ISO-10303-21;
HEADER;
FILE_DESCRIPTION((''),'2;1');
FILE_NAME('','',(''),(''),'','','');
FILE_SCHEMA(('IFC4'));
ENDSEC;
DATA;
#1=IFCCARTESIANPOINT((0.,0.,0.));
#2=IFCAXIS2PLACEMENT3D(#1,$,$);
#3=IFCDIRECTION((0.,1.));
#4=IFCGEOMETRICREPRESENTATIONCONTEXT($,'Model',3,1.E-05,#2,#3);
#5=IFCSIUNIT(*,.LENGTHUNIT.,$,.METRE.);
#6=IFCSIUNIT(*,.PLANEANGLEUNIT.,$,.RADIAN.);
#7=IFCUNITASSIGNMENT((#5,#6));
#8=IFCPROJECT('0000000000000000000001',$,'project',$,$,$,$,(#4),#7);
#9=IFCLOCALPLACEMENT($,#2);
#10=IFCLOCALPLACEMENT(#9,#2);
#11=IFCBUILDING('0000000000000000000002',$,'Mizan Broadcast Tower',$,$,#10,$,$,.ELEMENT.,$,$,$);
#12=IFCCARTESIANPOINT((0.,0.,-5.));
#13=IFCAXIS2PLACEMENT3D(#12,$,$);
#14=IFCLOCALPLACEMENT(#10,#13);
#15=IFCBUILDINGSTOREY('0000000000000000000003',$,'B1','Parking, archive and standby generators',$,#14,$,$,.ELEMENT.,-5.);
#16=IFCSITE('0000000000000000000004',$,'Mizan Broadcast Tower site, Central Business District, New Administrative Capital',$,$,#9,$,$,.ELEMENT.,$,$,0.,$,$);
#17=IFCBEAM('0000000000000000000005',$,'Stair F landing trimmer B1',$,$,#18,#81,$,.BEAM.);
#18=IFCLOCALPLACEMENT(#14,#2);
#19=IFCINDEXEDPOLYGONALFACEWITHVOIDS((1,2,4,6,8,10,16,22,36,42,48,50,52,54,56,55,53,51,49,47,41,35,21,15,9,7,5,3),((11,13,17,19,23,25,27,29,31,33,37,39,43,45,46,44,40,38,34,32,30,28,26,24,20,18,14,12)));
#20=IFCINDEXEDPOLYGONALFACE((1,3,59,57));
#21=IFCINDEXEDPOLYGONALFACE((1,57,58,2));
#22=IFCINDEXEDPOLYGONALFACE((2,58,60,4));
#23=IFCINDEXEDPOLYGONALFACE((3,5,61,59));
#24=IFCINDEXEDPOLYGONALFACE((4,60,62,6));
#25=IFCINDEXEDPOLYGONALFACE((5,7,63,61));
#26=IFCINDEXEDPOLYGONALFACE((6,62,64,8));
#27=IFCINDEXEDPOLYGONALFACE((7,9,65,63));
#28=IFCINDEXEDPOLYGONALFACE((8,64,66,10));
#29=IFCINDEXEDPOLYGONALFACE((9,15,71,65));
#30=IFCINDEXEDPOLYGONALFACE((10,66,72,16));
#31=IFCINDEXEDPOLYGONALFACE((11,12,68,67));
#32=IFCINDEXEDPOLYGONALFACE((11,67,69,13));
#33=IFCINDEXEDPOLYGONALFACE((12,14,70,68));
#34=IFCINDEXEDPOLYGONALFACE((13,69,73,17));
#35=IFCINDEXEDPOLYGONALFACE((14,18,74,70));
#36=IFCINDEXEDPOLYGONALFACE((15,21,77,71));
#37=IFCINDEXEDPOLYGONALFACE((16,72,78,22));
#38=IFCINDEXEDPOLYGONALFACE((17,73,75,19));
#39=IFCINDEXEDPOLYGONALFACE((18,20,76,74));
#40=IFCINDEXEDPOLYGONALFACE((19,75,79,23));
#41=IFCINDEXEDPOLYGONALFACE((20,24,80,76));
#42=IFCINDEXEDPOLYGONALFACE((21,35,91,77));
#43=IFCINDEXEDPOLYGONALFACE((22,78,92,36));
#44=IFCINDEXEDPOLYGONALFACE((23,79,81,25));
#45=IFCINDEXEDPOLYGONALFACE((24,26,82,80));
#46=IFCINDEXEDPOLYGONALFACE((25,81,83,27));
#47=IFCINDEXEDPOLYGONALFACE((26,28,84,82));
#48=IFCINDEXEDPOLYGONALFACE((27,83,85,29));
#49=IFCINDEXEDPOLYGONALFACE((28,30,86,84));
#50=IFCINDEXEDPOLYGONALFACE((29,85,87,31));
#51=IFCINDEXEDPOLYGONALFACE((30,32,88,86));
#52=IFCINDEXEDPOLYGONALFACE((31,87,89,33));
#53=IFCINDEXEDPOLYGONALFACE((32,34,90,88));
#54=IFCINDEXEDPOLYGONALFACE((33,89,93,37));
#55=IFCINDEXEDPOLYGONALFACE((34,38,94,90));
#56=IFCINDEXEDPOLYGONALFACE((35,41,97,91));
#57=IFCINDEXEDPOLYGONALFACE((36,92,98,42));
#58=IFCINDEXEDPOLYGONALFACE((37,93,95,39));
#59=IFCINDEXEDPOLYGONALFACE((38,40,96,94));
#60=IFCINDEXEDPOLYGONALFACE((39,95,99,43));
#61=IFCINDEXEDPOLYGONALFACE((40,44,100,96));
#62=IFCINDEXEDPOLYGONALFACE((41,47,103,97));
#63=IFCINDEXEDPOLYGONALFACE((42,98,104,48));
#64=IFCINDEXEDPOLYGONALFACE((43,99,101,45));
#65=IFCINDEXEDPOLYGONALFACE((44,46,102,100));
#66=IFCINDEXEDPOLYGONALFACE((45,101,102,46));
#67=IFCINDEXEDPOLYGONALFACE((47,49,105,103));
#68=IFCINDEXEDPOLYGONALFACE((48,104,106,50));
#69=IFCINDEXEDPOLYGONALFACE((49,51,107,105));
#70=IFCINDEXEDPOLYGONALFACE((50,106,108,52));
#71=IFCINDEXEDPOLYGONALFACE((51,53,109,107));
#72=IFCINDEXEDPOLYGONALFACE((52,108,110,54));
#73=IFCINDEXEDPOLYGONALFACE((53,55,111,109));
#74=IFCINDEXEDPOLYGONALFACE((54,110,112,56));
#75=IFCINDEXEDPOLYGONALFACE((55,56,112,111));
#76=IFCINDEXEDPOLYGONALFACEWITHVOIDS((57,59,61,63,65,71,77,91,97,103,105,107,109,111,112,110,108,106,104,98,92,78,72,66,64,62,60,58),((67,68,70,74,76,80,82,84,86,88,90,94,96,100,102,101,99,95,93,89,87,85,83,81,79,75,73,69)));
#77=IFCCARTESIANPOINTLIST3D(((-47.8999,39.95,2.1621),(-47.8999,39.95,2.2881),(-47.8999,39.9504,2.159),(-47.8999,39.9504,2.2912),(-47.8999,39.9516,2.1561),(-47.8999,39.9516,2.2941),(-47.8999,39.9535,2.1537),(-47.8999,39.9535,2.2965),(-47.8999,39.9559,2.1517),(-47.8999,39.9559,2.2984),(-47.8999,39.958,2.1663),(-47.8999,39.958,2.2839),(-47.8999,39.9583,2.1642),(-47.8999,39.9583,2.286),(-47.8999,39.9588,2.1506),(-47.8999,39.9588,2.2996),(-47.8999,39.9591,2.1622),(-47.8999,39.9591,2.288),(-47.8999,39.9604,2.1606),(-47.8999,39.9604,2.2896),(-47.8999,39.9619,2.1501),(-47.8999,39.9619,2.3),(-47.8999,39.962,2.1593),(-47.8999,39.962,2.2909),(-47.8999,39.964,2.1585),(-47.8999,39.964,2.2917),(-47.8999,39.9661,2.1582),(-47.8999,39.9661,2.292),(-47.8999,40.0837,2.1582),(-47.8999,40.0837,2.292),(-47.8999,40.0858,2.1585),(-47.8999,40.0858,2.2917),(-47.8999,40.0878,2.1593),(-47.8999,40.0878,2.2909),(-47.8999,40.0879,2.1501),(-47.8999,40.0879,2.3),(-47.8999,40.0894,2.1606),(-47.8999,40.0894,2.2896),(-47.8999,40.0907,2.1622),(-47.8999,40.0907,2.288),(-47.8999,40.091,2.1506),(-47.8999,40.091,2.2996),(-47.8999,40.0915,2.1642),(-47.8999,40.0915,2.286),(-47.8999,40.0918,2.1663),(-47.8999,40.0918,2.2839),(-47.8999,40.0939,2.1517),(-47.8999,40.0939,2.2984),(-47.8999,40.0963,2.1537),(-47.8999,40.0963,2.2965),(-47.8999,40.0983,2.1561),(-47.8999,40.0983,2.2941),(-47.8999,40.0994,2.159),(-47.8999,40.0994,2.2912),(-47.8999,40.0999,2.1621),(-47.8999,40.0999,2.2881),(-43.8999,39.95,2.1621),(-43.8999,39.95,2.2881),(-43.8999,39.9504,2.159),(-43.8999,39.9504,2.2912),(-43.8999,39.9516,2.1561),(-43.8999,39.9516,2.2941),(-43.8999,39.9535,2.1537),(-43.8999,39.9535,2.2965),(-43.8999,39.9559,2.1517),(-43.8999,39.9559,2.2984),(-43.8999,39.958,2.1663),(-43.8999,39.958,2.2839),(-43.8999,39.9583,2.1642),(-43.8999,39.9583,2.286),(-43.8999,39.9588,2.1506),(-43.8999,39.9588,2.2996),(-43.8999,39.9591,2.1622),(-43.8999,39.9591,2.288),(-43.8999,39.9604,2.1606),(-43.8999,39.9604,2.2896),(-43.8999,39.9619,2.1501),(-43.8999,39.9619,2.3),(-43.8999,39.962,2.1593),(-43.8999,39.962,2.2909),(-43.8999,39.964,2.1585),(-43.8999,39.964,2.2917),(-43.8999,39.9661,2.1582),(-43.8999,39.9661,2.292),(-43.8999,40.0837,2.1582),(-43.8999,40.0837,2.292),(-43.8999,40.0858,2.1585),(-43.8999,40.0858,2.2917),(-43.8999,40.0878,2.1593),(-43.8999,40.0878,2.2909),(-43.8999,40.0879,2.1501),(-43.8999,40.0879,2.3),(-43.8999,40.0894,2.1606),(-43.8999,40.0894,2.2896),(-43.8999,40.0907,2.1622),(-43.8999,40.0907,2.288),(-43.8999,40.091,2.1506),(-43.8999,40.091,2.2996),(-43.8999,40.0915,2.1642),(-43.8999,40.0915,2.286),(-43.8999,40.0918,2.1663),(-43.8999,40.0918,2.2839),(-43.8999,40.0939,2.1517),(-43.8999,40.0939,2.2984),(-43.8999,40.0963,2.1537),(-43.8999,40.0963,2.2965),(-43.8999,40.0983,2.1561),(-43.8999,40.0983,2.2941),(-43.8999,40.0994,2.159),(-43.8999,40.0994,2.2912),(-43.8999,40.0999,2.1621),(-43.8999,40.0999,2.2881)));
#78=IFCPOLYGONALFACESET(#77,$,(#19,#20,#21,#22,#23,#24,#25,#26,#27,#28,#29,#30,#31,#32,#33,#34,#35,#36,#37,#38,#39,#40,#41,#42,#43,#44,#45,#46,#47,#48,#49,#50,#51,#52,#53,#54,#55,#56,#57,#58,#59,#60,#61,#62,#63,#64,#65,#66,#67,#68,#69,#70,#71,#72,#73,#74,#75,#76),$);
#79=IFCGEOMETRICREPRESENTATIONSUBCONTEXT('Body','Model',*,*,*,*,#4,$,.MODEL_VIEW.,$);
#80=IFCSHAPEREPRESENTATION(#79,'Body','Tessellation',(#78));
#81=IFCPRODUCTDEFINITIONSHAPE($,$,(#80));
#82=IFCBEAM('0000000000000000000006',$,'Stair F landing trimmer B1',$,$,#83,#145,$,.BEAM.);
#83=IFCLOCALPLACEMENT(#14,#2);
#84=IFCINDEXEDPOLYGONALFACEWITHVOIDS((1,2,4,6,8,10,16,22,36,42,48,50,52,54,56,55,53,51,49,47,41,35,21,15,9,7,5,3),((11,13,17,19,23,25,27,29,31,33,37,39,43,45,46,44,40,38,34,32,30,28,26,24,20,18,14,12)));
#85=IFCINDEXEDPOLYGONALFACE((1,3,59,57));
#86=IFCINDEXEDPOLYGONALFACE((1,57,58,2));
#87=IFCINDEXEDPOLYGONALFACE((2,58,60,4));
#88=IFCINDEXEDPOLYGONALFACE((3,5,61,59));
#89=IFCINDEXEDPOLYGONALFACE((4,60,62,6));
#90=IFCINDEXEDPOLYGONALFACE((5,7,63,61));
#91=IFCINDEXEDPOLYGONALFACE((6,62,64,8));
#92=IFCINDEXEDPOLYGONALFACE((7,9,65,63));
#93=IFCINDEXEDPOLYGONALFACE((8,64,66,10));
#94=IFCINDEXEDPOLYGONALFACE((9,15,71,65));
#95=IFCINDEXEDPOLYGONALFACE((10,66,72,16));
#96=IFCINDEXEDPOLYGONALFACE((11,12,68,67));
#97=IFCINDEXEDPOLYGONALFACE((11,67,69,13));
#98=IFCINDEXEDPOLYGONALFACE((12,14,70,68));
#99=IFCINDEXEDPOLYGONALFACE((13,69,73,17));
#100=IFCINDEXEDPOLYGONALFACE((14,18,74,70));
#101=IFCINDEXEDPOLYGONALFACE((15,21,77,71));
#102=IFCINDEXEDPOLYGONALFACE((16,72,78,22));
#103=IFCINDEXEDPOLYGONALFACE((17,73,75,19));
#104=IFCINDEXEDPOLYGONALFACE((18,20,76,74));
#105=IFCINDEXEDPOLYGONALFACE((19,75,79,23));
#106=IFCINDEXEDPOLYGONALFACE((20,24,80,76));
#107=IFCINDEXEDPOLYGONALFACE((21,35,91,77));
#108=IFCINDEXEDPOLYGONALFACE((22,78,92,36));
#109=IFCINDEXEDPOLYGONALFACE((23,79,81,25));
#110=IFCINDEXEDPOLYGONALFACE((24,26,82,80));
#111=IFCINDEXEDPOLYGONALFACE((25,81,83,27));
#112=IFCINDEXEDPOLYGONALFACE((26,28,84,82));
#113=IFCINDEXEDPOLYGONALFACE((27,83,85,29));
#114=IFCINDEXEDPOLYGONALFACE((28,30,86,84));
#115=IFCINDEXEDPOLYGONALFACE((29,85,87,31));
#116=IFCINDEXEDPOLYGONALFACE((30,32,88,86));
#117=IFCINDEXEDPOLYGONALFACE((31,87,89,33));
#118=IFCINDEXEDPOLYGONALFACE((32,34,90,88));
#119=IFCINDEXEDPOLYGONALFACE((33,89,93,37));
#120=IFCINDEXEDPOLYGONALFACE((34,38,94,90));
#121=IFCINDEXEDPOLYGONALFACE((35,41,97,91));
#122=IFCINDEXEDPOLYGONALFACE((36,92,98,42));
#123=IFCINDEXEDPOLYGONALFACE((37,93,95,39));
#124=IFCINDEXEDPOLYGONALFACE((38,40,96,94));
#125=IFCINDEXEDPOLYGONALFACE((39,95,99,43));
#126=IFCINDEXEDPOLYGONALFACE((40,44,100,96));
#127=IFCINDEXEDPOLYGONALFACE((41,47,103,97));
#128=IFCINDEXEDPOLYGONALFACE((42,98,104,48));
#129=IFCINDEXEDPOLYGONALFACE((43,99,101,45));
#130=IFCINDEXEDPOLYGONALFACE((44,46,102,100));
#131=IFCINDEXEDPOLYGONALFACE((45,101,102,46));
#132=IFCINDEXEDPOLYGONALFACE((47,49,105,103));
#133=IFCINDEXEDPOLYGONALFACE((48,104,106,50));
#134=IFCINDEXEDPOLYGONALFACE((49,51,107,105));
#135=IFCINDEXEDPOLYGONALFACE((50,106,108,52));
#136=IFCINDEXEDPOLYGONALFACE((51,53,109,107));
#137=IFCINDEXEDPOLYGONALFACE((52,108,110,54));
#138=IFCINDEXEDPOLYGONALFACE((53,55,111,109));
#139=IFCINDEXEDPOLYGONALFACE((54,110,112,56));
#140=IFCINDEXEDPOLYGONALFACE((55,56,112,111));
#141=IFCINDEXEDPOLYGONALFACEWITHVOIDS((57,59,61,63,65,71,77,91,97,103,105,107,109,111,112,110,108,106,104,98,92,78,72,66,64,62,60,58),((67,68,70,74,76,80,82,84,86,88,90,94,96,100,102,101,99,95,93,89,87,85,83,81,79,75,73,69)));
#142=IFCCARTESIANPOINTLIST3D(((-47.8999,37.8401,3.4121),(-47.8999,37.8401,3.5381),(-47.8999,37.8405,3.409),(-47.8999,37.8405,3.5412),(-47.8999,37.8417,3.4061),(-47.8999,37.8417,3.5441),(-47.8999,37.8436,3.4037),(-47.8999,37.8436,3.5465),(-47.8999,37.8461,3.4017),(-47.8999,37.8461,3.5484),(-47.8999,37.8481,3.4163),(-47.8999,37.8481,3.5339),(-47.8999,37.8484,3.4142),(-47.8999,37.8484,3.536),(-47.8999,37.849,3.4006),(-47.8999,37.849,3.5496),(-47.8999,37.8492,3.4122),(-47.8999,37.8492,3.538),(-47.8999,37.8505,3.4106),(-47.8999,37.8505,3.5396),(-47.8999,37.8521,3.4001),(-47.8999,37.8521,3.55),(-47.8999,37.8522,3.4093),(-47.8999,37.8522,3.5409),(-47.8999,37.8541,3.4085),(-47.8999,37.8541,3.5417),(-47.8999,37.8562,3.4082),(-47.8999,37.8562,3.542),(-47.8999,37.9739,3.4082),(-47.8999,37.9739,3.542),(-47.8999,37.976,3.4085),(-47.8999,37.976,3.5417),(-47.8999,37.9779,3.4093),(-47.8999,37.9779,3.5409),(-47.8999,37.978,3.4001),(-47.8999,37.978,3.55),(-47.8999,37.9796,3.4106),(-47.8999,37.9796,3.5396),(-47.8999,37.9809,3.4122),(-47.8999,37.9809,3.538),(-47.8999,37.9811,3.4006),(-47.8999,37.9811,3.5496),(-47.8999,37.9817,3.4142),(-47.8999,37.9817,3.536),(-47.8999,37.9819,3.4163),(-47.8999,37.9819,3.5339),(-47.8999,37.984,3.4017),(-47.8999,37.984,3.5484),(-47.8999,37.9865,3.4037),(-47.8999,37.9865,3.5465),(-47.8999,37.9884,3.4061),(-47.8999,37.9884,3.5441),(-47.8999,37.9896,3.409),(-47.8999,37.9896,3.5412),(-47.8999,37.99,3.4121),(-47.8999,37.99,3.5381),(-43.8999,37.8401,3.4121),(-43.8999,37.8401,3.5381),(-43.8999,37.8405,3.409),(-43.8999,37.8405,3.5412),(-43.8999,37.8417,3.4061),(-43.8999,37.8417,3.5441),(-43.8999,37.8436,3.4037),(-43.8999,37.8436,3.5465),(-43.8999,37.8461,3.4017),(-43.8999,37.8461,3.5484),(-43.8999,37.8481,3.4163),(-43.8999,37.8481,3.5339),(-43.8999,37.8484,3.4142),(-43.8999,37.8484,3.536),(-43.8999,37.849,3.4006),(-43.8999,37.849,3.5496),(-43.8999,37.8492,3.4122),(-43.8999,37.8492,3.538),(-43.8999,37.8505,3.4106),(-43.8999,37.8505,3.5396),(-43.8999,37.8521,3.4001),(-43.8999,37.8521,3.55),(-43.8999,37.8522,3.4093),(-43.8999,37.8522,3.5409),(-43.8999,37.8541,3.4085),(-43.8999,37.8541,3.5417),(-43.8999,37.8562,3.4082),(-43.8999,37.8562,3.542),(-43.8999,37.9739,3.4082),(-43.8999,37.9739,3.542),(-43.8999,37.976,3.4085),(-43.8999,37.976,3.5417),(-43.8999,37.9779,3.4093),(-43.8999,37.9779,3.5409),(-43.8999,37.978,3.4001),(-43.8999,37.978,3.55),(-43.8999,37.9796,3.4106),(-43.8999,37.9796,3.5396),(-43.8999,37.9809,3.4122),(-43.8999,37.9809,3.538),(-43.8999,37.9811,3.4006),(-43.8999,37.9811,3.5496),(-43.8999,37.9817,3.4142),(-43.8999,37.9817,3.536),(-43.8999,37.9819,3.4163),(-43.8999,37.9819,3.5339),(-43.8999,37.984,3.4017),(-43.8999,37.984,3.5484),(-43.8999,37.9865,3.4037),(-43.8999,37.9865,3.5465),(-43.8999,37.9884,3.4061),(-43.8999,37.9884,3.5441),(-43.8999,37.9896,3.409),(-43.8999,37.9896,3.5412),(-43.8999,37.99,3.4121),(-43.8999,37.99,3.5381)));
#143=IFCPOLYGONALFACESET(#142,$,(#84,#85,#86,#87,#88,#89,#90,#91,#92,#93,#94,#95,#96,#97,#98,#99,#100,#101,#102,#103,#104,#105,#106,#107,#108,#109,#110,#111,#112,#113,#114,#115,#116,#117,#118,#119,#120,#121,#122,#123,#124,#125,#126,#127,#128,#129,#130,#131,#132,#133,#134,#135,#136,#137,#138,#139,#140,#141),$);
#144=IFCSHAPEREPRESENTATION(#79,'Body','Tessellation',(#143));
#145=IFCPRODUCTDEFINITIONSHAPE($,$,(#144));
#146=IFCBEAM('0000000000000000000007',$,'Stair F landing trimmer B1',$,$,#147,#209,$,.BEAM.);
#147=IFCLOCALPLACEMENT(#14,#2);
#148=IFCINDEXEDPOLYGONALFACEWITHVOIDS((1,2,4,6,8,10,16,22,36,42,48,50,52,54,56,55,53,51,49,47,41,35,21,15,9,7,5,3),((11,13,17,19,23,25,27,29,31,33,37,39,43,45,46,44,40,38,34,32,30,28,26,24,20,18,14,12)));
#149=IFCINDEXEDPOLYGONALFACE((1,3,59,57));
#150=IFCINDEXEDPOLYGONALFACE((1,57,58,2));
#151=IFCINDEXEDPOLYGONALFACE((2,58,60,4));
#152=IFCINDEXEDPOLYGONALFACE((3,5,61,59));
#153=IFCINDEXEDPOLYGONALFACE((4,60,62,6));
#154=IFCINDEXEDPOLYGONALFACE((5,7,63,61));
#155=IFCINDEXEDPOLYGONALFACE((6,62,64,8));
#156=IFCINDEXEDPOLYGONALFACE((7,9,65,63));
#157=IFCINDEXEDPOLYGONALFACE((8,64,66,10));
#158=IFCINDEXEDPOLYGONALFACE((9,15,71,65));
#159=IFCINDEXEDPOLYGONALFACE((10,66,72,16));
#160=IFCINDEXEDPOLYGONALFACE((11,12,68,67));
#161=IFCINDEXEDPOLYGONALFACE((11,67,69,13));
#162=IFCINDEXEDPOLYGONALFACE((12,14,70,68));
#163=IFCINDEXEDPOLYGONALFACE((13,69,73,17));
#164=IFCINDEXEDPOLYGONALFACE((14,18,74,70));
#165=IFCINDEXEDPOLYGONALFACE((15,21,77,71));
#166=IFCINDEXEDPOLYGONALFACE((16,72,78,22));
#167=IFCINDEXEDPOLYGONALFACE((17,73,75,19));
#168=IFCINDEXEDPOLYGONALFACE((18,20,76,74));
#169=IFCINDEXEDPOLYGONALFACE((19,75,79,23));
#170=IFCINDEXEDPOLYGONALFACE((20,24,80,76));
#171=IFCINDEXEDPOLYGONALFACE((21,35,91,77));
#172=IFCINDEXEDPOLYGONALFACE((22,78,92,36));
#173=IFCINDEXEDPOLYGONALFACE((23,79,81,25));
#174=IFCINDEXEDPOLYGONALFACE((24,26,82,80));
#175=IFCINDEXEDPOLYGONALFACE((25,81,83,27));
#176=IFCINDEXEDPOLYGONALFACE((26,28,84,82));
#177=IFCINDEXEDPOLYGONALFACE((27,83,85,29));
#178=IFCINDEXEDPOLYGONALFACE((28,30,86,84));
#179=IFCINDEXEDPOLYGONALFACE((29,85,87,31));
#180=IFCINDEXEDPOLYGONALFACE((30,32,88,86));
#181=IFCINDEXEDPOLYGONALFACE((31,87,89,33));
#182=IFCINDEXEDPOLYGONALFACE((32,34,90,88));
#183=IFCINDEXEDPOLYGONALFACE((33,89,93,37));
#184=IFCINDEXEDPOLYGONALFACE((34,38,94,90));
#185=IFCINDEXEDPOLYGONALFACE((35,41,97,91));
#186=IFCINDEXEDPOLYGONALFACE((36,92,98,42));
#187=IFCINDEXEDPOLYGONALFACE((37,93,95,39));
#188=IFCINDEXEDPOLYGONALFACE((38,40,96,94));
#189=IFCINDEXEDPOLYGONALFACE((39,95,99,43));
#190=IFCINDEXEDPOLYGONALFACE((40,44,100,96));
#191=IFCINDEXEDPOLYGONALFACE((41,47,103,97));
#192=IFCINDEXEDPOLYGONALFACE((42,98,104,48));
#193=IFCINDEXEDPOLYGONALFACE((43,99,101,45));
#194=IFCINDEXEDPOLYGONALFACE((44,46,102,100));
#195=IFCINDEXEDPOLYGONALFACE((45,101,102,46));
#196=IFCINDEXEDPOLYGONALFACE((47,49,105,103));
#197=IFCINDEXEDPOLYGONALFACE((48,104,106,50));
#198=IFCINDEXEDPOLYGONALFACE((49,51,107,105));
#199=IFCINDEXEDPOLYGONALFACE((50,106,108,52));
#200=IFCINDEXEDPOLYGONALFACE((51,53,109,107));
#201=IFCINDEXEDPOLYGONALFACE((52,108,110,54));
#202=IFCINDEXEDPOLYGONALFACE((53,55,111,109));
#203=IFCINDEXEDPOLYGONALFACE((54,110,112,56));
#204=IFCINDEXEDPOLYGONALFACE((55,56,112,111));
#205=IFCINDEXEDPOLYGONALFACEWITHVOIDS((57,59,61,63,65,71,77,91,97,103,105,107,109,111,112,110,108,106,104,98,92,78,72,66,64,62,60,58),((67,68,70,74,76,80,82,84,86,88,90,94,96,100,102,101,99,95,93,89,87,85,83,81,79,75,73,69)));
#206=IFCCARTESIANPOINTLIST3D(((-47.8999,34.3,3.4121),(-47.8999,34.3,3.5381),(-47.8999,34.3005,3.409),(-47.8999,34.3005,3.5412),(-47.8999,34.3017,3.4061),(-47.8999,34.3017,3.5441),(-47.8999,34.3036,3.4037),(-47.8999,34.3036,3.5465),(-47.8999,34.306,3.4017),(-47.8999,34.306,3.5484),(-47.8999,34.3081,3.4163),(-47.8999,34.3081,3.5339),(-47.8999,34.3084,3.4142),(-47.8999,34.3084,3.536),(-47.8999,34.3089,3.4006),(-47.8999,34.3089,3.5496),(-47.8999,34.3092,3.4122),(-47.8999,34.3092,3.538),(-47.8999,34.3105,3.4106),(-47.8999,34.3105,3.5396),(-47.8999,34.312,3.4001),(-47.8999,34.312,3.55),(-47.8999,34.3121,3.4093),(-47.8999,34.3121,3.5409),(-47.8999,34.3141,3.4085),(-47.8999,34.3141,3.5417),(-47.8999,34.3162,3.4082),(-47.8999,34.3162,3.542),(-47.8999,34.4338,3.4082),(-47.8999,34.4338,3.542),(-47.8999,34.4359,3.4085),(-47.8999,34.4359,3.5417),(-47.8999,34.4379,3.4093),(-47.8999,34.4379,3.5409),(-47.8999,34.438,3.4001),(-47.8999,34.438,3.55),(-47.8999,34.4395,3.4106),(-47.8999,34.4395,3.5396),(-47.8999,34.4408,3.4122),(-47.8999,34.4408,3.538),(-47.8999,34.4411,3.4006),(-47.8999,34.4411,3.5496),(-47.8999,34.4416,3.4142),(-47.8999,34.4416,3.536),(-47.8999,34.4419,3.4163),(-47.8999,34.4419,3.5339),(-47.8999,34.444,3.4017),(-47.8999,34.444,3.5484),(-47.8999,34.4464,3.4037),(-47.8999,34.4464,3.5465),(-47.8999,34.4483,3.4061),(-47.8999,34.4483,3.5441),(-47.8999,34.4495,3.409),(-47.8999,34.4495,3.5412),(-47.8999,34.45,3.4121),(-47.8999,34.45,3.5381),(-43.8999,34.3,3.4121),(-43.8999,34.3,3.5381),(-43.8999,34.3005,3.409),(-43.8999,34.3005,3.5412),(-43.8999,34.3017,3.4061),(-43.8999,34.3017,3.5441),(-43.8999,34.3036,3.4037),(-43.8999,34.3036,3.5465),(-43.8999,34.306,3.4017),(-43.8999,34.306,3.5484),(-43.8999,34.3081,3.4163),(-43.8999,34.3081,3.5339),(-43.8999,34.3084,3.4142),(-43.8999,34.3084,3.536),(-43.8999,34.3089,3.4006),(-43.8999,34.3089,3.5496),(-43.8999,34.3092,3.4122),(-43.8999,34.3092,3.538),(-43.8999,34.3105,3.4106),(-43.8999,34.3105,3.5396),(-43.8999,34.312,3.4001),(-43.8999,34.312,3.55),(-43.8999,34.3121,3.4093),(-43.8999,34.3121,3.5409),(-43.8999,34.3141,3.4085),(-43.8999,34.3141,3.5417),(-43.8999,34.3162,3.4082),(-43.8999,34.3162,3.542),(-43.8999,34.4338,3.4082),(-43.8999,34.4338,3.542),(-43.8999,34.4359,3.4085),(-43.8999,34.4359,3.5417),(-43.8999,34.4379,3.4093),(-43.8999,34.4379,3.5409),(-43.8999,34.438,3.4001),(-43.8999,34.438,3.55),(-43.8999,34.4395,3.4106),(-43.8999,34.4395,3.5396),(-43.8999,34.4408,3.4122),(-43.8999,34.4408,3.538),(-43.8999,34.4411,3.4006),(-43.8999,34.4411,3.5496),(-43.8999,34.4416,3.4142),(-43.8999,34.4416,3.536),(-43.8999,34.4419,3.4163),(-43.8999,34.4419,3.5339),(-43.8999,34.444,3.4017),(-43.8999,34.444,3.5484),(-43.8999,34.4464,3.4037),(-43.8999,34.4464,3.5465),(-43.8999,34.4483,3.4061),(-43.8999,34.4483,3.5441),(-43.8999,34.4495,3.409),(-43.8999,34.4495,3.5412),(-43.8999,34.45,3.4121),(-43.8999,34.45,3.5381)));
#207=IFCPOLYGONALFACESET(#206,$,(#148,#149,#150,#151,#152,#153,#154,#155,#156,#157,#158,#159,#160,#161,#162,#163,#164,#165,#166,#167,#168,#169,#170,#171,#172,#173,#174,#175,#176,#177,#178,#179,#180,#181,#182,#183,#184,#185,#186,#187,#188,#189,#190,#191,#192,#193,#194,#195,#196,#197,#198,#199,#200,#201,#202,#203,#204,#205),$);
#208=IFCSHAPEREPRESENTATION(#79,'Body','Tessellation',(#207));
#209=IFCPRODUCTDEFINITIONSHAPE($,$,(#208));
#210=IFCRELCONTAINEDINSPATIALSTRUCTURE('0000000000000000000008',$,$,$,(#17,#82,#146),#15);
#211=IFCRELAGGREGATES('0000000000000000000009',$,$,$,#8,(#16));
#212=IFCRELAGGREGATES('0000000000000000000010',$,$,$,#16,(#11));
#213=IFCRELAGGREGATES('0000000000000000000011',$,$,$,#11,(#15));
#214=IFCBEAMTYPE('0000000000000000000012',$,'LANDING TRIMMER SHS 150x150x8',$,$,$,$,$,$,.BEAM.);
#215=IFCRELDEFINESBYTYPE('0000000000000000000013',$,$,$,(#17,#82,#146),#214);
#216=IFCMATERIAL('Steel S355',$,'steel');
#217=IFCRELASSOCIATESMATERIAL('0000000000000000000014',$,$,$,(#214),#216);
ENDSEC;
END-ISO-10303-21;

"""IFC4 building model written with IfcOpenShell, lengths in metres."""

from ifc_helpers import new_model, si_unit, direction, frame, origin, origin_2d, place, context, subcontext, project, spatial, hollow_rectangle, extrude, material, material_profile, profile_set, type_object, element, save


model = new_model("IFC4")

# Units and contexts
model_context = context("Model", 3, precision=1e-05, world=origin(), true_north=direction((0.0, 1.0)))
body_context = subcontext(model_context, "Body", "Model", "MODEL_VIEW")
ifc_project = project(units=[si_unit("LENGTHUNIT", "METRE"), si_unit("PLANEANGLEUNIT", "RADIAN")], contexts=[model_context])

# Site, building, storey
site_placement = place(None, origin())
site = spatial("IfcSite", under=ifc_project, at=site_placement, Name="Mizan Broadcast Tower site, Central Business District, New Administrative Capital", CompositionType="ELEMENT", RefElevation=0.0)
building_placement = place(site_placement, origin())
building = spatial("IfcBuilding", under=site, at=building_placement, Name="Mizan Broadcast Tower", CompositionType="ELEMENT")
storey_placement = place(building_placement, frame((0.0, 0.0, -5.0)))
storey = spatial("IfcBuildingStorey", under=building, at=storey_placement, Name="B1", Description="Parking, archive and standby generators", CompositionType="ELEMENT", Elevation=-5.0)

# Beams
ifc_material_1 = material(Name="Steel S355", Category="steel")
ifc_material_profile_1 = material_profile(ifc_material_1, hollow_rectangle(XDim=0.1499, YDim=0.1499, WallThickness=0.0081, InnerFilletRadius=0.0081, OuterFilletRadius=0.012, at=origin_2d()), Name="SHS 150x150x8")
ifc_profile_set_1 = profile_set([ifc_material_profile_1], Name="Steel S355")
beam_type_1 = type_object("IfcBeamType", Name="LANDING TRIMMER SHS 150x150x8", PredefinedType="BEAM", material=ifc_profile_set_1)
for number, where, z_axis, x_axis, name in (
    (1, (-43.8999, 40.0249, 2.2251), (-1.0, 0.0, 0.0), (0.0, -1.0, 0.0), "Stair F landing trimmer B1"),
    (2, (-43.8999, 37.915, 3.4751), (-1.0, 0.0, 0.0), (0.0, -1.0, 0.0), "Stair F landing trimmer B1"),
    (3, (-43.8999, 34.375, 3.4751), (-1.0, 0.0, 0.0), (0.0, -1.0, 0.0), "Stair F landing trimmer B1"),
):
    element("IfcBeam", number, at=place(storey_placement, frame(where, z_axis=z_axis, x_axis=x_axis)), inside=storey, type_object=beam_type_1, Name=name, PredefinedType="BEAM", context=body_context, shape_type="SweptSolid", body=[
        extrude(hollow_rectangle(XDim=0.1499, YDim=0.1499, WallThickness=0.0081, InnerFilletRadius=0.0081, OuterFilletRadius=0.012, at=origin_2d()), origin(), (0.0, 0.0, 1.0), 4.0),
    ])

save(model, "model.ifc")
